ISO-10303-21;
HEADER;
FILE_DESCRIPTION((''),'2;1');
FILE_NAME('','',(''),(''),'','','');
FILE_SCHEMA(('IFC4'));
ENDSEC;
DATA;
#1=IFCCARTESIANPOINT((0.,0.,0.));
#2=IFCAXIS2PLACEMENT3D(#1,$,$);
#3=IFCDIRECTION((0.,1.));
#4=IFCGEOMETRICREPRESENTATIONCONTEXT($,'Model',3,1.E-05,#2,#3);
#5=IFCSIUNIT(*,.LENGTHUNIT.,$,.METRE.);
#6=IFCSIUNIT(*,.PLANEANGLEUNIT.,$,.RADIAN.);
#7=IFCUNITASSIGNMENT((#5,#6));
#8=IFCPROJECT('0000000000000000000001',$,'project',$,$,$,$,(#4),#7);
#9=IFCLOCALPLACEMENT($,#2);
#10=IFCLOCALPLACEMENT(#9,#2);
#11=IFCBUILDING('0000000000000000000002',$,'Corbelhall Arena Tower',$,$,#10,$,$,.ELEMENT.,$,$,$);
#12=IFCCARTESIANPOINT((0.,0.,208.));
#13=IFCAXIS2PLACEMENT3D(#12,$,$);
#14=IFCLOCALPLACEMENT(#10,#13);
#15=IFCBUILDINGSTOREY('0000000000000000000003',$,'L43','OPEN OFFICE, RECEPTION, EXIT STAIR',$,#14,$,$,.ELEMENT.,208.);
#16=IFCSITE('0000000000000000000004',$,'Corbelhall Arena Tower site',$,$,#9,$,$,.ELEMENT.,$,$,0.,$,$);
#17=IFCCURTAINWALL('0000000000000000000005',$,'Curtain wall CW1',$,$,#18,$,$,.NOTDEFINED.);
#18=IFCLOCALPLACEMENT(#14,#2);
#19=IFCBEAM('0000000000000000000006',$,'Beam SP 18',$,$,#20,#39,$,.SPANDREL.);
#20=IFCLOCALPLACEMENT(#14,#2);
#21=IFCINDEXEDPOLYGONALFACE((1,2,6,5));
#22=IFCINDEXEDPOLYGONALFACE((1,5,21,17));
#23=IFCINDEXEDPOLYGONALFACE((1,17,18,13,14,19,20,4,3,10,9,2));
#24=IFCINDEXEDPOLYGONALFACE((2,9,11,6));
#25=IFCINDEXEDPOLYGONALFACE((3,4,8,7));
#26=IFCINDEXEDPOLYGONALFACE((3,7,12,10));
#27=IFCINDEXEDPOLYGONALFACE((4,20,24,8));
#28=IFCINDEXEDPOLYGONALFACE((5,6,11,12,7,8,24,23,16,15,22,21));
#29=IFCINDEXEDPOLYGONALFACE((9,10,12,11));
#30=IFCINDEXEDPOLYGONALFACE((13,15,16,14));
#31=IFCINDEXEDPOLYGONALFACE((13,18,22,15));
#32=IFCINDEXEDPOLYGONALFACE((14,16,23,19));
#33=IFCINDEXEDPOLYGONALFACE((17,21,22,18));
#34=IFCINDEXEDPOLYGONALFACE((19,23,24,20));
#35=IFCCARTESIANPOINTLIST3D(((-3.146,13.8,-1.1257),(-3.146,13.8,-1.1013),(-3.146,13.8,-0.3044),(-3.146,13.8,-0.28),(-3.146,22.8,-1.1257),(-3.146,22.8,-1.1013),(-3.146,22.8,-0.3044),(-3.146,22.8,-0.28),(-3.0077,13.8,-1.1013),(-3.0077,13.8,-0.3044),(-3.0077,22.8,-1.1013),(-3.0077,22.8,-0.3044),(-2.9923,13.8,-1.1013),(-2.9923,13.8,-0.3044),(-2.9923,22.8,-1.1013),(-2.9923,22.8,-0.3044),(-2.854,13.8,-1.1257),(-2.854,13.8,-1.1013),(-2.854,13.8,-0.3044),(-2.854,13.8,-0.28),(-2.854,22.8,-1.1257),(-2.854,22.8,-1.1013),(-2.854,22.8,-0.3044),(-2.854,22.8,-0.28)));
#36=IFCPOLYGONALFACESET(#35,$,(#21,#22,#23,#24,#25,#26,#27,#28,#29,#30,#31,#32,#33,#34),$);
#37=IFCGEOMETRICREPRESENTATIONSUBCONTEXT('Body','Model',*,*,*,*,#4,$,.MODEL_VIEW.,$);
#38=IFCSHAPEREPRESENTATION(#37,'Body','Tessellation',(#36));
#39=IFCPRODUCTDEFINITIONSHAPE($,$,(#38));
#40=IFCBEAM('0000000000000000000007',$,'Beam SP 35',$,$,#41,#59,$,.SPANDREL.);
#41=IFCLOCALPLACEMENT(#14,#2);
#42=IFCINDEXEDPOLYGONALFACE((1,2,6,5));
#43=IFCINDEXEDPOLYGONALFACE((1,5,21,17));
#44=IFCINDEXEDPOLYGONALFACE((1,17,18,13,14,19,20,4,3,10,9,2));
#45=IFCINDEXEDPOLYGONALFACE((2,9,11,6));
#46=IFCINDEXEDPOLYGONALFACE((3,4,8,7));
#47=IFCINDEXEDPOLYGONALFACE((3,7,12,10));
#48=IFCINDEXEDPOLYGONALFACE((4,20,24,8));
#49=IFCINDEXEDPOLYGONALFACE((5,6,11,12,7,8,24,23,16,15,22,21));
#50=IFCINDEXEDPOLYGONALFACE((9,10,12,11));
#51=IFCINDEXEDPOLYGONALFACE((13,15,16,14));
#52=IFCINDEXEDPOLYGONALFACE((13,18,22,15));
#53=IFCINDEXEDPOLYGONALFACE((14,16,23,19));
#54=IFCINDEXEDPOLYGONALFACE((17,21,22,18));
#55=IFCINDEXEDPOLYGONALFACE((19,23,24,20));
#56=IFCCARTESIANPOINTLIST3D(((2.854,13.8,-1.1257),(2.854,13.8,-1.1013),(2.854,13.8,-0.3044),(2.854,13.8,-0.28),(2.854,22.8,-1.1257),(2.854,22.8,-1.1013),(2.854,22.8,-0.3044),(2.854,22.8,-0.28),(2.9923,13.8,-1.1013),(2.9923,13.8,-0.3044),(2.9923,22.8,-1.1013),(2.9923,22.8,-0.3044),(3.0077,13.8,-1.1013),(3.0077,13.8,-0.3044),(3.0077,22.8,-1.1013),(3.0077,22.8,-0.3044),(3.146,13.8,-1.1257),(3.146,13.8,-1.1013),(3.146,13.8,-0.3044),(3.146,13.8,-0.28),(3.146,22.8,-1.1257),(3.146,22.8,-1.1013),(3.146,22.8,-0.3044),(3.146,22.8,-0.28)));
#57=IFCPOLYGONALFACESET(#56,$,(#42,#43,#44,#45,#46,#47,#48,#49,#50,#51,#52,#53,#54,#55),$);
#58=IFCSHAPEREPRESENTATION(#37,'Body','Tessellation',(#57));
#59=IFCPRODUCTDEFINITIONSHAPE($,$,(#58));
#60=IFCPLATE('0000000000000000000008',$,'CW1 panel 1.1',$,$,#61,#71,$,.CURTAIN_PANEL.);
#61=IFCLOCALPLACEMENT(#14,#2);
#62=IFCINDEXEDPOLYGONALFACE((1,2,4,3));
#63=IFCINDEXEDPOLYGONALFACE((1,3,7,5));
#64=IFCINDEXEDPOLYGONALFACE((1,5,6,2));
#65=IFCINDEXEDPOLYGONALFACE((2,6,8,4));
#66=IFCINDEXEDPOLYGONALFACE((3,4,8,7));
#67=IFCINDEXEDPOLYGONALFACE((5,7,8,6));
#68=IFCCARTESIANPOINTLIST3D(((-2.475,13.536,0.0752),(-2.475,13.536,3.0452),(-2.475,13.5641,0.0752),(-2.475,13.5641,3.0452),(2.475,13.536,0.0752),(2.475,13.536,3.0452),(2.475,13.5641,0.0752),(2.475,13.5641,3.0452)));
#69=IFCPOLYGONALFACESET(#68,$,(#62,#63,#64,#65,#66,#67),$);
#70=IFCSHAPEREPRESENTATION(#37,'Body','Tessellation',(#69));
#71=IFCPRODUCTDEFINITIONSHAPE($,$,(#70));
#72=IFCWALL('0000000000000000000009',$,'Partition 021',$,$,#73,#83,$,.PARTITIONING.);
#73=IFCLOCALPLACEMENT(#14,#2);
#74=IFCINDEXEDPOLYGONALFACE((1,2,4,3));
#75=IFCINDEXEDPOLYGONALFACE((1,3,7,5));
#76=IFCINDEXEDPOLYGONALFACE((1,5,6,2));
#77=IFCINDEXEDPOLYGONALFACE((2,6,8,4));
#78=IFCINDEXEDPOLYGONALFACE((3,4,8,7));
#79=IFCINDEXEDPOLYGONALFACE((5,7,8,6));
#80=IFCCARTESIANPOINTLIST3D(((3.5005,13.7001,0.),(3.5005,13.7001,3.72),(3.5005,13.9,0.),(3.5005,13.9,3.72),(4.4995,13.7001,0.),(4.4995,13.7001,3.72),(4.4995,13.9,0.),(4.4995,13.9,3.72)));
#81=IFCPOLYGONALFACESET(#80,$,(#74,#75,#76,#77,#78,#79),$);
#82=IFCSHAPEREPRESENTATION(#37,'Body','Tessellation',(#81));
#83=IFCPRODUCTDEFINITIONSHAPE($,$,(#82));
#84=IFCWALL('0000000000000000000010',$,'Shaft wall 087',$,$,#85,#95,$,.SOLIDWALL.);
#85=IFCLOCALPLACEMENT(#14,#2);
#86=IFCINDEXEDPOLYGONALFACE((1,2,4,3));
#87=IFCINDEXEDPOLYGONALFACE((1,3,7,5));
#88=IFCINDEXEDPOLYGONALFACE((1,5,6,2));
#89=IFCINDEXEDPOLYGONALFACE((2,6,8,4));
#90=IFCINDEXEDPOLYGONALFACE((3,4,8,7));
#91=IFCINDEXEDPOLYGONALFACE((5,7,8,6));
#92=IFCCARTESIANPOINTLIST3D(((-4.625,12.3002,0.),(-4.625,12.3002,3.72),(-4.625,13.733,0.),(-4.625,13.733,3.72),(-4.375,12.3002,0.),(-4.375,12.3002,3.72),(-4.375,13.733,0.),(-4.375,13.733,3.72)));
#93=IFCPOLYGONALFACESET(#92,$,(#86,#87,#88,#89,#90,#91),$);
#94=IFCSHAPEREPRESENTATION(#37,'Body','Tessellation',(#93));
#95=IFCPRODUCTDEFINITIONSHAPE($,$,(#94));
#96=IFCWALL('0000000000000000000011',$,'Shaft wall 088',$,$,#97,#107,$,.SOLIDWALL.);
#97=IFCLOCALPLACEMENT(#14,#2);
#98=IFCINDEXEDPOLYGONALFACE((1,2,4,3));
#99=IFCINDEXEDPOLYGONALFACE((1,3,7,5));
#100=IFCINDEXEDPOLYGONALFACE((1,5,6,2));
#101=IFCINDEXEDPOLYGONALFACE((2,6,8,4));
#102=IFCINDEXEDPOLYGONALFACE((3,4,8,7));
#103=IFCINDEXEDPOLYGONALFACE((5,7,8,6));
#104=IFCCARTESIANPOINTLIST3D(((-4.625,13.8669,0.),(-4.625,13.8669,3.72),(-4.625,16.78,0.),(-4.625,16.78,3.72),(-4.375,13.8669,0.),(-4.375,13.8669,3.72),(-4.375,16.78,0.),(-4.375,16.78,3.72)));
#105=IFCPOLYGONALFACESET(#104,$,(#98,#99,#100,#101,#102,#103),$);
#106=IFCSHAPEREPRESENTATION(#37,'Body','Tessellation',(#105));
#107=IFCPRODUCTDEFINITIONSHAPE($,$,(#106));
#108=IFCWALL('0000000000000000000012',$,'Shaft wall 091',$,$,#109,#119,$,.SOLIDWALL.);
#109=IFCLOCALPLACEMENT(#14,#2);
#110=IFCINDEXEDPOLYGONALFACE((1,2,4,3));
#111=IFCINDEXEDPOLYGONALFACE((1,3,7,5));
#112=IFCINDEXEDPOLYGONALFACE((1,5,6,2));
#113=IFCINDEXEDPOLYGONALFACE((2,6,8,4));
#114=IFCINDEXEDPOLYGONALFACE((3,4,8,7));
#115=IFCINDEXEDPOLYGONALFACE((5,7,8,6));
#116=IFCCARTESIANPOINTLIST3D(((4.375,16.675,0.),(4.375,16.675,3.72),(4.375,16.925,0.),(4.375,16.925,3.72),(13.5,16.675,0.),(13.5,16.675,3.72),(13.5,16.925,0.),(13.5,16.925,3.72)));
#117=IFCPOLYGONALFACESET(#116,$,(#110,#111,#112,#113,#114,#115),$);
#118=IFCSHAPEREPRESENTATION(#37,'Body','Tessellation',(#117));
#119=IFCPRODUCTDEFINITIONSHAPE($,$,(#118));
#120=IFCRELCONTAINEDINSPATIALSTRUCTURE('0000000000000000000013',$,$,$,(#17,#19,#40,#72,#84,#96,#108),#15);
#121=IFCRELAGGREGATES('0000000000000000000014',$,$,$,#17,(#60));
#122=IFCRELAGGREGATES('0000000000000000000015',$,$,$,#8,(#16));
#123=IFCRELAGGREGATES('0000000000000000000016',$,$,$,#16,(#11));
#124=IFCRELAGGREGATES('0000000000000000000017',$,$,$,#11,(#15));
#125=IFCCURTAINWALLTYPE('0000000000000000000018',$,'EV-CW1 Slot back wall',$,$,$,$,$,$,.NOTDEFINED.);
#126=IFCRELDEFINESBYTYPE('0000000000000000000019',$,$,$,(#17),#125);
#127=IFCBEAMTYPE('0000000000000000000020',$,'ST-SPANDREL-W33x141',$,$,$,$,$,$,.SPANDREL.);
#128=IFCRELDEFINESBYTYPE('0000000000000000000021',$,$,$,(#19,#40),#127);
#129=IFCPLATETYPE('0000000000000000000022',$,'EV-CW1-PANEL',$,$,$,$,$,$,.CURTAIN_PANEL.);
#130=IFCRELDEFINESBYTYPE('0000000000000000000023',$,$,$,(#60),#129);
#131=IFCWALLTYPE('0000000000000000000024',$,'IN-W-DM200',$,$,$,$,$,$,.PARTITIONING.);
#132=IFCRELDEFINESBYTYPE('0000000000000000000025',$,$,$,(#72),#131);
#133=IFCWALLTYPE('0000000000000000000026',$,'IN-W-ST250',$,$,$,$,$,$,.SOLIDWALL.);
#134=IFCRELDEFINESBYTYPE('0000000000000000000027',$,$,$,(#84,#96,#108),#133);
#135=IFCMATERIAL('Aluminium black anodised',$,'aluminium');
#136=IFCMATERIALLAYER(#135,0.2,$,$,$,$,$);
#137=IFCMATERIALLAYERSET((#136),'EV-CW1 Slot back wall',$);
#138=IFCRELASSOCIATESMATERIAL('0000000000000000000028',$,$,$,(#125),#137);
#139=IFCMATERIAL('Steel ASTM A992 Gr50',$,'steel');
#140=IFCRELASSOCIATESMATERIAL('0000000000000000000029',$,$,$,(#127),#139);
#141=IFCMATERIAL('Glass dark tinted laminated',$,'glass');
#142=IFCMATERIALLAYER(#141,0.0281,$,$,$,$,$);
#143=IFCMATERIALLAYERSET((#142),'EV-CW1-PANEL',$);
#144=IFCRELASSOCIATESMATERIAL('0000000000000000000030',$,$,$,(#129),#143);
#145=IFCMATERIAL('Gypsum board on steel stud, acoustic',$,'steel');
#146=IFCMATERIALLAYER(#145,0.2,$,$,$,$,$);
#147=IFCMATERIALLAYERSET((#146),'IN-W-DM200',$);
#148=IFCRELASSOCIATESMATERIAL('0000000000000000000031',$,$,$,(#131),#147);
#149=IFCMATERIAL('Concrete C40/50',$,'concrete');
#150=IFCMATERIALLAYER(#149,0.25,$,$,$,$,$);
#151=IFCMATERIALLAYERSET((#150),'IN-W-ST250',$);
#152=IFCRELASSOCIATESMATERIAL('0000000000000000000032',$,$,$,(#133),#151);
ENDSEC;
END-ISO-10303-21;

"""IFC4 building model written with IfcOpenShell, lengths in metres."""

from ifc_helpers import new_model, si_unit, direction, frame, frame_2d, origin, origin_2d, place, context, subcontext, project, spatial, rectangle, i_section, extrude, material, layer, layer_set, material_profile, profile_set, type_object, element, aggregate, save


model = new_model("IFC4")

# Units and contexts
model_context = context("Model", 3, precision=1e-05, world=origin(), true_north=direction((0.0, 1.0)))
body_context = subcontext(model_context, "Body", "Model", "MODEL_VIEW")
ifc_project = project(units=[si_unit("LENGTHUNIT", "METRE"), si_unit("PLANEANGLEUNIT", "RADIAN")], contexts=[model_context])

# Site, building, storey
site_placement = place(None, origin())
site = spatial("IfcSite", under=ifc_project, at=site_placement, Name="Corbelhall Arena Tower site", CompositionType="ELEMENT", RefElevation=0.0)
building_placement = place(site_placement, origin())
building = spatial("IfcBuilding", under=site, at=building_placement, Name="Corbelhall Arena Tower", CompositionType="ELEMENT")
storey_placement = place(building_placement, frame((0.0, 0.0, 208.0)))
storey = spatial("IfcBuildingStorey", under=building, at=storey_placement, Name="L43", Description="OPEN OFFICE, RECEPTION, EXIT STAIR", CompositionType="ELEMENT", Elevation=208.0)

# Curtain wall
ifc_material_1 = material(Name="Aluminium black anodised", Category="aluminium")
ifc_layer_1 = layer(ifc_material_1, 0.2)
ifc_layer_set_1 = layer_set([ifc_layer_1], Name="EV-CW1 Slot back wall")
curtain_wall_type = type_object("IfcCurtainWallType", Name="EV-CW1 Slot back wall", PredefinedType="NOTDEFINED", material=ifc_layer_set_1)
curtain_wall_placement = place(storey_placement, origin())
curtain_wall = element("IfcCurtainWall", 1, at=curtain_wall_placement, inside=storey, type_object=curtain_wall_type, Name="Curtain wall CW1", PredefinedType="NOTDEFINED")

# Beams
ifc_material_2 = material(Name="Steel ASTM A992 Gr50", Category="steel")
ifc_material_profile_1 = material_profile(ifc_material_2, i_section(OverallWidth=0.292, OverallDepth=0.8457, WebThickness=0.0154, FlangeThickness=0.0244, at=origin_2d()))
ifc_profile_set_1 = profile_set([ifc_material_profile_1], Name="Steel ASTM A992 Gr50")
beam_type_1 = type_object("IfcBeamType", Name="ST-SPANDREL-W33x141", PredefinedType="SPANDREL", material=ifc_profile_set_1)
for number, where, z_axis, x_axis, name in (
    (2, (-3.0, 22.8, -0.7029), (0.0, -1.0, 0.0), (1.0, 0.0, 0.0), "Beam SP 18"),
    (3, (3.0, 13.8, -0.7029), (0.0, 1.0, 0.0), (-1.0, 0.0, 0.0), "Beam SP 35"),
):
    element("IfcBeam", number, at=place(storey_placement, frame(where, z_axis=z_axis, x_axis=x_axis)), inside=storey, type_object=beam_type_1, Name=name, PredefinedType="SPANDREL", context=body_context, shape_type="SweptSolid", body=[
        extrude(i_section(OverallWidth=0.292, OverallDepth=0.8457, WebThickness=0.0154, FlangeThickness=0.0244, at=origin_2d()), origin(), (0.0, 0.0, 1.0), 9.0),
    ])

# Plate
ifc_material_3 = material(Name="Glass dark tinted laminated", Category="glass")
ifc_layer_2 = layer(ifc_material_3, 0.0281)
ifc_layer_set_2 = layer_set([ifc_layer_2], Name="EV-CW1-PANEL")
plate_type = type_object("IfcPlateType", Name="EV-CW1-PANEL", PredefinedType="CURTAIN_PANEL", material=ifc_layer_set_2)
plate_placement = place(storey_placement, frame((0.0, 13.55, 0.0752), z_axis=(0.0, 0.0, 1.0), x_axis=(-1.0, 0.0, 0.0)))
plate = element("IfcPlate", 4, at=plate_placement, type_object=plate_type, Name="CW1 panel 1.1", PredefinedType="CURTAIN_PANEL", context=body_context, shape_type="SweptSolid", body=[
    extrude(rectangle(XDim=4.95, YDim=0.0281, at=origin_2d()), origin(), (0.0, 0.0, 1.0), 2.97),
])
aggregate(curtain_wall, [plate])

# Walls
ifc_material_4 = material(Name="Gypsum board on steel stud, acoustic", Category="steel")
ifc_layer_3 = layer(ifc_material_4, 0.2)
ifc_layer_set_3 = layer_set([ifc_layer_3], Name="IN-W-DM200")
wall_type_1 = type_object("IfcWallType", Name="IN-W-DM200", PredefinedType="PARTITIONING", material=ifc_layer_set_3)
wall_1_placement = place(storey_placement, frame((3.5005, 13.8, 0.0), z_axis=(0.0, 0.0, 1.0), x_axis=(1.0, 0.0, 0.0)))
element("IfcWall", 5, at=wall_1_placement, inside=storey, type_object=wall_type_1, Name="Partition 021", PredefinedType="PARTITIONING", context=body_context, shape_type="SweptSolid", body=[
    extrude(rectangle(XDim=0.999, YDim=0.2, at=frame_2d((0.4995, 0.0))), origin(), (0.0, 0.0, 1.0), 3.72),
])
ifc_material_5 = material(Name="Concrete C40/50", Category="concrete")
ifc_layer_4 = layer(ifc_material_5, 0.25)
ifc_layer_set_4 = layer_set([ifc_layer_4], Name="IN-W-ST250")
wall_type_2 = type_object("IfcWallType", Name="IN-W-ST250", PredefinedType="SOLIDWALL", material=ifc_layer_set_4)
wall_2_placement = place(storey_placement, frame((-4.5, 13.7329, 0.0), z_axis=(0.0, 0.0, 1.0), x_axis=(0.0, -1.0, 0.0)))
element("IfcWall", 6, at=wall_2_placement, inside=storey, type_object=wall_type_2, Name="Shaft wall 087", PredefinedType="SOLIDWALL", context=body_context, shape_type="SweptSolid", body=[
    extrude(rectangle(XDim=1.4329, YDim=0.25, at=frame_2d((0.7163, 0.0))), origin(), (0.0, 0.0, 1.0), 3.72),
])
wall_3_placement = place(storey_placement, frame((-4.5, 16.78, 0.0), z_axis=(0.0, 0.0, 1.0), x_axis=(0.0, -1.0, 0.0)))
element("IfcWall", 7, at=wall_3_placement, inside=storey, type_object=wall_type_2, Name="Shaft wall 088", PredefinedType="SOLIDWALL", context=body_context, shape_type="SweptSolid", body=[
    extrude(rectangle(XDim=2.9131, YDim=0.25, at=frame_2d((1.4565, 0.0))), origin(), (0.0, 0.0, 1.0), 3.72),
])
wall_4_placement = place(storey_placement, frame((4.375, 16.8, 0.0), z_axis=(0.0, 0.0, 1.0), x_axis=(1.0, 0.0, 0.0)))
element("IfcWall", 8, at=wall_4_placement, inside=storey, type_object=wall_type_2, Name="Shaft wall 091", PredefinedType="SOLIDWALL", context=body_context, shape_type="SweptSolid", body=[
    extrude(rectangle(XDim=9.125, YDim=0.25, at=frame_2d((4.5625, 0.0))), origin(), (0.0, 0.0, 1.0), 3.72),
])

save(model, "model.ifc")
